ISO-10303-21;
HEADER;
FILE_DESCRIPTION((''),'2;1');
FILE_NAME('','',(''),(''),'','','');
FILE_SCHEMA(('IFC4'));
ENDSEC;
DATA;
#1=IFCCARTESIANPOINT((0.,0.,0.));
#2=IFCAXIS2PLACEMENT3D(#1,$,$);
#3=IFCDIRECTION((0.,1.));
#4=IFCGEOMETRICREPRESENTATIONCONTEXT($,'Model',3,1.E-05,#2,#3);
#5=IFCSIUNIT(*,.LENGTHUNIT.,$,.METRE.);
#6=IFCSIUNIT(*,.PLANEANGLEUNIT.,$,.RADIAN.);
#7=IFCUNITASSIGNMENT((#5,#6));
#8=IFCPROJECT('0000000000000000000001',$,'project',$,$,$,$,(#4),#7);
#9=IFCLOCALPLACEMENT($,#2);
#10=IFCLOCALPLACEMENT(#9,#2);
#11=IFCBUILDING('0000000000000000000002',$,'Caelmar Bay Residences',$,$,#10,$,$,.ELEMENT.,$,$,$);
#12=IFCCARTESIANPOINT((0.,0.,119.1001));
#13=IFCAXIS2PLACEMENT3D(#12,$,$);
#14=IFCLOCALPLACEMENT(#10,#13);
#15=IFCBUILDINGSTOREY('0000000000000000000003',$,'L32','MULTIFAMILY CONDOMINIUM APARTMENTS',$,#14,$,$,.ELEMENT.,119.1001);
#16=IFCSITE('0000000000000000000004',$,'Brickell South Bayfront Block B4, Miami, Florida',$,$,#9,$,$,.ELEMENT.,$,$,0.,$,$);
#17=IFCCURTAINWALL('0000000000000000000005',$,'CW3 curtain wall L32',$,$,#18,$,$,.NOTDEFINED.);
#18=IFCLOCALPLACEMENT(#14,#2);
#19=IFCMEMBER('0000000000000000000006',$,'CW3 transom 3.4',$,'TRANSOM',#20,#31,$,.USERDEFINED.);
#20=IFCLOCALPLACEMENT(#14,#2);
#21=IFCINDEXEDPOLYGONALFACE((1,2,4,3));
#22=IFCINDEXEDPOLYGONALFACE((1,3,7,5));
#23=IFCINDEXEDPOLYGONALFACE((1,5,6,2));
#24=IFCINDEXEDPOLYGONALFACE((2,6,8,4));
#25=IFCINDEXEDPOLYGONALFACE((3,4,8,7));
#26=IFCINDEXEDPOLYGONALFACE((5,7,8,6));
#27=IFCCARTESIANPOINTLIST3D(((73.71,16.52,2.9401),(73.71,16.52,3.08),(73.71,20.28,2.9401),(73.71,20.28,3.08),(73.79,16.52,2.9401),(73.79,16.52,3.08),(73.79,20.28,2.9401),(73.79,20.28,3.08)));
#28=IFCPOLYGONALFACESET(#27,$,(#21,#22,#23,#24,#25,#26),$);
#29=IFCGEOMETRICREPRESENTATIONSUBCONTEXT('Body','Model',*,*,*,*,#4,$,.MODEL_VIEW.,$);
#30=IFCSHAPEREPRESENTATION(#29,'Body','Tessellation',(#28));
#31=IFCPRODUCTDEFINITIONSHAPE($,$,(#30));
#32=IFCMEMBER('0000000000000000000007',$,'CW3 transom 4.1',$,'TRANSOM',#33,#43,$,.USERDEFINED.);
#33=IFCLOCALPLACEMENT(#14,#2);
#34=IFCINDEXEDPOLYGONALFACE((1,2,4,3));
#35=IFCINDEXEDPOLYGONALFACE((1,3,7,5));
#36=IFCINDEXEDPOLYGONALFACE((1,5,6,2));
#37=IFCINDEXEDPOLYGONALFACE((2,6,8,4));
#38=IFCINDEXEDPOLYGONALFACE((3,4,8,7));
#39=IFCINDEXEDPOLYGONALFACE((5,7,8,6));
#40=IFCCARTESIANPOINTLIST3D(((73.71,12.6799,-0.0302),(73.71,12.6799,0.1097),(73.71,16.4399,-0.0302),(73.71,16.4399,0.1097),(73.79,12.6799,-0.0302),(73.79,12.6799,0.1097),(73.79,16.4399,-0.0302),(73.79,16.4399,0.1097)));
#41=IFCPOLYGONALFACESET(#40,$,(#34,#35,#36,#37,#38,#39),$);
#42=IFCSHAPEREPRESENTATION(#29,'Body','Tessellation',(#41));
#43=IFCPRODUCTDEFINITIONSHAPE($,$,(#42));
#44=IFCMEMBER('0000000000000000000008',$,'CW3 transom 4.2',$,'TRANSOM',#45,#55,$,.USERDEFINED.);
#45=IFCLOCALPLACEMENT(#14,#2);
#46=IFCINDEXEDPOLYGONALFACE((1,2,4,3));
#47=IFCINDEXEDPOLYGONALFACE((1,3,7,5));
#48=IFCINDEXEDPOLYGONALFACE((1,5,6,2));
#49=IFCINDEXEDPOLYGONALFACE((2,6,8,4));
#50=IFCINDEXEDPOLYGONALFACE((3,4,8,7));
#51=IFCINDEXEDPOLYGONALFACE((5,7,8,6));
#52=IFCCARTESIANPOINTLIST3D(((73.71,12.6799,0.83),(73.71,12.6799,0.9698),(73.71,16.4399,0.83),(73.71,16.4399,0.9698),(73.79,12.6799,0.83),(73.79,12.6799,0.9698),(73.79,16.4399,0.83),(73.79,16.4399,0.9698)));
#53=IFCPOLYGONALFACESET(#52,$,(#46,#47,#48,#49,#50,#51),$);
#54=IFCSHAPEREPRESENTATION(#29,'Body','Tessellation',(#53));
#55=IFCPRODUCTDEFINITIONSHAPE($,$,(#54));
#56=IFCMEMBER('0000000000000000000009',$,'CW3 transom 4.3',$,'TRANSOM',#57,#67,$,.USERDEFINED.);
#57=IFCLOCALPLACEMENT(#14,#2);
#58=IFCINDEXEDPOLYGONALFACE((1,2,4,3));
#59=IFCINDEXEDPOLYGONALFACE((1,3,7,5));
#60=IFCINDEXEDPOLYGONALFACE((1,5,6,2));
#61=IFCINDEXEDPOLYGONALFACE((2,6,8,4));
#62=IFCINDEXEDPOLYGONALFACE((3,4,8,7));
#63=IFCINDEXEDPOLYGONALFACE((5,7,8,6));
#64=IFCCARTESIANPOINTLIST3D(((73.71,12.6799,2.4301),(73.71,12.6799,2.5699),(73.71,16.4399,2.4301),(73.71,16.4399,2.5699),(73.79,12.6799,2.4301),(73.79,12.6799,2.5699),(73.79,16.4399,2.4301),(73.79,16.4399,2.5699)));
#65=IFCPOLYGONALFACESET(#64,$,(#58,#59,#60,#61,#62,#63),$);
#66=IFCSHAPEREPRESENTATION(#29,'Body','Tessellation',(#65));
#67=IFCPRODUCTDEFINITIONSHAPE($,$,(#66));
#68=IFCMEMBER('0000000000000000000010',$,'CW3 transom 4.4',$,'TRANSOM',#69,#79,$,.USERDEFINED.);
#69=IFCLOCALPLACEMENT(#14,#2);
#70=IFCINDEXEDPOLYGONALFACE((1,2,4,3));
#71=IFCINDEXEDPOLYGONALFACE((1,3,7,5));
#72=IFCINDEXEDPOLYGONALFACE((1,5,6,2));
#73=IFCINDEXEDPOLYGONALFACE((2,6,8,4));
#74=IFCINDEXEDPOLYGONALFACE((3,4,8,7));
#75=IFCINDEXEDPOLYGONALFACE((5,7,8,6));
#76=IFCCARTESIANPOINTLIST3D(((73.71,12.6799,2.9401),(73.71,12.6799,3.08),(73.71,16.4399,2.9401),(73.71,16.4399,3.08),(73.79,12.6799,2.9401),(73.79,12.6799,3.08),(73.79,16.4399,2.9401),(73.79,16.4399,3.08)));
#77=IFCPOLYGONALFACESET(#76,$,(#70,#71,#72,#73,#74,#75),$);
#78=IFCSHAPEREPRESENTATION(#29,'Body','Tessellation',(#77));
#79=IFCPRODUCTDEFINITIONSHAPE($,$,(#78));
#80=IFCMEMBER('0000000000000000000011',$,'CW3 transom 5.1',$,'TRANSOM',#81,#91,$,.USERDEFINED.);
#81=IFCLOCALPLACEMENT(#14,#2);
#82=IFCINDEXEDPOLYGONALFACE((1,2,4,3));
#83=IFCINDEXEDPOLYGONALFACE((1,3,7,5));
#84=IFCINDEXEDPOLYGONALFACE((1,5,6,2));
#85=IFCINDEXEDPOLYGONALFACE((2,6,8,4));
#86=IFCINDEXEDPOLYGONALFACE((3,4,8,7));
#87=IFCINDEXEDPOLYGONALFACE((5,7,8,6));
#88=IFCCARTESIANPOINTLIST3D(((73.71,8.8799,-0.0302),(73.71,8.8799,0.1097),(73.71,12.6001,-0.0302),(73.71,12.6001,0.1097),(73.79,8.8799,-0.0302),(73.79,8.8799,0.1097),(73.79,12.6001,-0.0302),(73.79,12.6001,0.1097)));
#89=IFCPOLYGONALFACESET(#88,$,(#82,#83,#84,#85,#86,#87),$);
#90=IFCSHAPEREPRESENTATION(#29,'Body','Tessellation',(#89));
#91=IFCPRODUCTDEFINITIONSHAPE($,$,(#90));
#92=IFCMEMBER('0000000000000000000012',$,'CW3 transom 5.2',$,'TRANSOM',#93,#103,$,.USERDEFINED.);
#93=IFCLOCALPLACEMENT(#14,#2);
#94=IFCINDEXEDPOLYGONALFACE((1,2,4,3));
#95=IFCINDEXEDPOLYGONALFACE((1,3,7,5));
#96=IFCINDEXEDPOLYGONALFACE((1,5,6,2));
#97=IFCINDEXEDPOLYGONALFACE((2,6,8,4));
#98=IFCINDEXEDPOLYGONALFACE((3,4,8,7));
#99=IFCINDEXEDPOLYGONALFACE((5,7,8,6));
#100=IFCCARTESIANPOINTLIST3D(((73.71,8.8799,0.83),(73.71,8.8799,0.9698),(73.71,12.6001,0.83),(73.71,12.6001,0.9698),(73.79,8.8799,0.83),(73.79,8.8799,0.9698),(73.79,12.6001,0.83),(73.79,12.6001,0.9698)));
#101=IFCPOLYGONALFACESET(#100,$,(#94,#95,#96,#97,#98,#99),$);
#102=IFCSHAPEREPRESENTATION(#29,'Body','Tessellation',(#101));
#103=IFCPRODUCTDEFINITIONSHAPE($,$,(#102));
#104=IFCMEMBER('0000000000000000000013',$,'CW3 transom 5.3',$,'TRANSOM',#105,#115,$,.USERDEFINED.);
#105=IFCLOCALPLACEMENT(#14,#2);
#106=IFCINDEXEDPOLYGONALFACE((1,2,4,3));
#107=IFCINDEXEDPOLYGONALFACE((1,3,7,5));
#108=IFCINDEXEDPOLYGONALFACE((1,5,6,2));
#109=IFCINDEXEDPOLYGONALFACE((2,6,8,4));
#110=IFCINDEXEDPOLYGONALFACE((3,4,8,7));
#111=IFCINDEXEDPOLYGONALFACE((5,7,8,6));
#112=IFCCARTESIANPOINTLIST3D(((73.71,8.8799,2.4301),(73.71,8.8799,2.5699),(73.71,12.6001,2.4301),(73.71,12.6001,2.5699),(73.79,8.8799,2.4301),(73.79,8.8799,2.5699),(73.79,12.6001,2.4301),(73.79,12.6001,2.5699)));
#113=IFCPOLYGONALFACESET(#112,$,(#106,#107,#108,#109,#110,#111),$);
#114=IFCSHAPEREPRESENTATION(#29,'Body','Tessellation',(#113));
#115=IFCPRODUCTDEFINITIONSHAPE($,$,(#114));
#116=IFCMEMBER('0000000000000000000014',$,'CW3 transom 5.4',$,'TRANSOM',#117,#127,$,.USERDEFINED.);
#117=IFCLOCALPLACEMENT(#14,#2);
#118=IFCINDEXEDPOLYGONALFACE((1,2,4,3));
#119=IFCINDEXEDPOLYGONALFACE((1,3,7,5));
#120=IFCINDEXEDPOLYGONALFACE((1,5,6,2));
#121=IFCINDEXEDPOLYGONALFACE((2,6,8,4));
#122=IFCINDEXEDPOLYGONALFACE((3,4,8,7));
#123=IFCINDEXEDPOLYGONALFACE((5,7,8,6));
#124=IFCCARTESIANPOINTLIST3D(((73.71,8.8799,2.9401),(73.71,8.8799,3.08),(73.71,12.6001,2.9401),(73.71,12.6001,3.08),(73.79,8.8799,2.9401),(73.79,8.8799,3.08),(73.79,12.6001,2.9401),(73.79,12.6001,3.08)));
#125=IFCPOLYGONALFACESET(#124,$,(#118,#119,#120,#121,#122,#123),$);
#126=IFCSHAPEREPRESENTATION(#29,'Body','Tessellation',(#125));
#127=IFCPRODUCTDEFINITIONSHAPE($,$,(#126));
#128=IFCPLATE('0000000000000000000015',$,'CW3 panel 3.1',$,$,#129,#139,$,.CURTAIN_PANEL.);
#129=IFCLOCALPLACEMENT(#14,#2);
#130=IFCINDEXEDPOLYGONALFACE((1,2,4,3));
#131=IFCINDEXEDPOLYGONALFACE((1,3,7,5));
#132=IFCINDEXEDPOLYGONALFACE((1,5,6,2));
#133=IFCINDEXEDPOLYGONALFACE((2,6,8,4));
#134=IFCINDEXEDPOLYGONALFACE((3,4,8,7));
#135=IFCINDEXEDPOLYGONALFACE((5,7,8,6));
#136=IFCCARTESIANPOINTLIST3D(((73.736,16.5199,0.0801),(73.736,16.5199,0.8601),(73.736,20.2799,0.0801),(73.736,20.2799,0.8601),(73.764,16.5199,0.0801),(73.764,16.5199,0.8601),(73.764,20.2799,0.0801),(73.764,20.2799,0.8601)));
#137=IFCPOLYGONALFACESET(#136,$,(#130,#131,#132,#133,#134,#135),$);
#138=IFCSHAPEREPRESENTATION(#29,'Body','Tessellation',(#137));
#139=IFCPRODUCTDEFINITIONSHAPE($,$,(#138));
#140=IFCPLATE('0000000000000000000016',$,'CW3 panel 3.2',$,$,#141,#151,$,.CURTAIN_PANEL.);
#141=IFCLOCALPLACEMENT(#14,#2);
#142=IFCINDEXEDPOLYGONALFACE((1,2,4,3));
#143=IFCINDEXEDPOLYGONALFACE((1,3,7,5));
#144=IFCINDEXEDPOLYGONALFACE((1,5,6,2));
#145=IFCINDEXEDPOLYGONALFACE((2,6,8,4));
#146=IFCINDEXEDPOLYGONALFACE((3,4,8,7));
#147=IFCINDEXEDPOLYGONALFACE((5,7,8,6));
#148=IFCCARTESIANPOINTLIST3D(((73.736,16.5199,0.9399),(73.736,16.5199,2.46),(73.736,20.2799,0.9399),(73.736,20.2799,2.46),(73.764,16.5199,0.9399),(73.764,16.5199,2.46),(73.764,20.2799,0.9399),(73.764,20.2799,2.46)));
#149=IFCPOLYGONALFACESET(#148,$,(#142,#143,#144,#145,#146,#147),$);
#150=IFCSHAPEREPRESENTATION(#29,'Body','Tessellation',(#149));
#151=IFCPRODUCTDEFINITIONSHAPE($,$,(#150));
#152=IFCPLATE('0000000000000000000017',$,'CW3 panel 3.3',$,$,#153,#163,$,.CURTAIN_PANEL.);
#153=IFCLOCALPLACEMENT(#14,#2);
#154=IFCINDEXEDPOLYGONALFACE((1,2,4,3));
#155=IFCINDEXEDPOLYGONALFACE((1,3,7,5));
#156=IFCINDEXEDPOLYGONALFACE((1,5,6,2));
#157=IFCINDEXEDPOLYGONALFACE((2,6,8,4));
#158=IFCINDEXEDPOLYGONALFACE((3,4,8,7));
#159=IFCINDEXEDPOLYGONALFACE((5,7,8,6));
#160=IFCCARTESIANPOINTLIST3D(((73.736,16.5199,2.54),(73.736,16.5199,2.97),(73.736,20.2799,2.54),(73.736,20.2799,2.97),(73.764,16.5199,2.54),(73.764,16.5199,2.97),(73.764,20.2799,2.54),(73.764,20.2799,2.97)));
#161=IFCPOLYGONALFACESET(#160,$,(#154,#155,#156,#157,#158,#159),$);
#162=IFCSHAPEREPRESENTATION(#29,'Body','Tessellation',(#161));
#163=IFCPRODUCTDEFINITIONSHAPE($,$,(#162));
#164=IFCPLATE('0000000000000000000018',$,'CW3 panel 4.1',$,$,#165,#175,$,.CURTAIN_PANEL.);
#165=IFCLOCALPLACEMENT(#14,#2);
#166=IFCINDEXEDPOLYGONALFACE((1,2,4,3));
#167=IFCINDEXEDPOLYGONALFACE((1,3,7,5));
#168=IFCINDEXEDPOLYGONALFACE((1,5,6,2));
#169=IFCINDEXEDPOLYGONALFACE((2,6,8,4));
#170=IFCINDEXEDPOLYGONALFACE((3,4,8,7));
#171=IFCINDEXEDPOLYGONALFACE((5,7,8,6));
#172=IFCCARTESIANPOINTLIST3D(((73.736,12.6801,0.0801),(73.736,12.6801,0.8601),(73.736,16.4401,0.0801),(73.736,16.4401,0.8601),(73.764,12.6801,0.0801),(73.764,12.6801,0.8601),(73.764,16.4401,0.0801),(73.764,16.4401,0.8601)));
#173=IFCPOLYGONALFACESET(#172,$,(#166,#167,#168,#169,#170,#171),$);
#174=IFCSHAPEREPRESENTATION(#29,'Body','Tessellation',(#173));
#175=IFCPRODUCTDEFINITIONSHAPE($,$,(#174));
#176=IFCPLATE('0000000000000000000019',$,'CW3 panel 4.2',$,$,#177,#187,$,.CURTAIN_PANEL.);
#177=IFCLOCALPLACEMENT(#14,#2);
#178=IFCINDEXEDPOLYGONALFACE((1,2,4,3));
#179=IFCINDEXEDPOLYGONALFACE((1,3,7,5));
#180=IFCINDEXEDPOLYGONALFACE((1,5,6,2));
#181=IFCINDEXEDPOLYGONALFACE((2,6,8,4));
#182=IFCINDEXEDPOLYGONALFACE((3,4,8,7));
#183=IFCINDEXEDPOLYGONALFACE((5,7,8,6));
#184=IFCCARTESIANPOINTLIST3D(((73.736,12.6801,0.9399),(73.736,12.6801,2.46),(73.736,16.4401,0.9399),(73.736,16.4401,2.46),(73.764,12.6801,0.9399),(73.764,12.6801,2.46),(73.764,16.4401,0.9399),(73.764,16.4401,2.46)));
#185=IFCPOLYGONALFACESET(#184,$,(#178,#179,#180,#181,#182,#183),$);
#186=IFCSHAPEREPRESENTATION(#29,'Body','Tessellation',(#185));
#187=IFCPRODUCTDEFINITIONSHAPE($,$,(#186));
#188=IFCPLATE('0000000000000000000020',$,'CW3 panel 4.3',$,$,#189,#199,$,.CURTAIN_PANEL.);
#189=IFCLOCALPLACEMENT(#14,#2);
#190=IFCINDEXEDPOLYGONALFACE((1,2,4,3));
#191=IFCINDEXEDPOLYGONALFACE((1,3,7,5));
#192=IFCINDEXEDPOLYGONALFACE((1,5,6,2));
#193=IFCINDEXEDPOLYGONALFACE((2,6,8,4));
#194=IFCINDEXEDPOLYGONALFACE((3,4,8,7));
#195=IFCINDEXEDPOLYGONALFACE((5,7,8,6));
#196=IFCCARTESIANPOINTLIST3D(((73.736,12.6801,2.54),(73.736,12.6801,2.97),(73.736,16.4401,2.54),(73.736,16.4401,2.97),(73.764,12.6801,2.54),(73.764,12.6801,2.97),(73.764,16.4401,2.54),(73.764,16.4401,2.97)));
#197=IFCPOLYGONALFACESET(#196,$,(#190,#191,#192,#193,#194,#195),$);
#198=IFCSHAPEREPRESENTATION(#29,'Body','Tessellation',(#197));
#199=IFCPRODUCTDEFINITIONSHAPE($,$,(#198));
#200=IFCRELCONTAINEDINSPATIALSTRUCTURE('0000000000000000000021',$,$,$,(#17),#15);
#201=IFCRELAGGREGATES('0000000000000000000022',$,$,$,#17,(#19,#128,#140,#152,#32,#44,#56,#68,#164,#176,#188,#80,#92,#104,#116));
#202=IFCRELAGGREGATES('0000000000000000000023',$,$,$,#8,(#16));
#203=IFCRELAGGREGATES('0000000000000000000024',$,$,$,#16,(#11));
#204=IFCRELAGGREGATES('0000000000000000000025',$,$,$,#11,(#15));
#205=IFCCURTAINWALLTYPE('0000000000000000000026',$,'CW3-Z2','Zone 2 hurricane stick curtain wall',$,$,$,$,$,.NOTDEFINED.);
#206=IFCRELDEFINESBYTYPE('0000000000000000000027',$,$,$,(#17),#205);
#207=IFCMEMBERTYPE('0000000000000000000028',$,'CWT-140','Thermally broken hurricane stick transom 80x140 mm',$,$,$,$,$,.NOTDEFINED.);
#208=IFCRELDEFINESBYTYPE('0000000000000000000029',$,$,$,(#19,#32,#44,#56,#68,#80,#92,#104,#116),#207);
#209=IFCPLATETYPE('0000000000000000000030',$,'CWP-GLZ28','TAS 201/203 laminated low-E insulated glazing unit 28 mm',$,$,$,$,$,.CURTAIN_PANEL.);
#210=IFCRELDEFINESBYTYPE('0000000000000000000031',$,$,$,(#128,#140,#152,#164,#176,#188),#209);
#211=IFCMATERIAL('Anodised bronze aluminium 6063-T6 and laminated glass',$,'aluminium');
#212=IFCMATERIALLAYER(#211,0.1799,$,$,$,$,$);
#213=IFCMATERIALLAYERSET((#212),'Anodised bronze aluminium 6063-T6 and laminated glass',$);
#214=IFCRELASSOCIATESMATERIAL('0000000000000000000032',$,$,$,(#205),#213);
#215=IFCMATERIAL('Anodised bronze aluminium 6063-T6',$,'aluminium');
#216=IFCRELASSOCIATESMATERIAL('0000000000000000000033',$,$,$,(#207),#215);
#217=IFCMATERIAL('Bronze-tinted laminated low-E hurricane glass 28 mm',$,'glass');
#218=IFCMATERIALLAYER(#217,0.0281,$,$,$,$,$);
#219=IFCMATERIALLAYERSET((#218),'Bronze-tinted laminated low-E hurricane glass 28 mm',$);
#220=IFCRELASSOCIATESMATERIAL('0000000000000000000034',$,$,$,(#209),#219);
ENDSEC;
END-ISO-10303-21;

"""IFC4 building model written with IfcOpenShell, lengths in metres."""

from ifc_helpers import new_model, si_unit, direction, frame, origin, origin_2d, place, context, subcontext, project, spatial, rectangle, extrude, material, layer, layer_set, material_profile, profile_set, type_object, element, aggregate, save


model = new_model("IFC4")

# Units and contexts
model_context = context("Model", 3, precision=1e-05, world=origin(), true_north=direction((0.0, 1.0)))
body_context = subcontext(model_context, "Body", "Model", "MODEL_VIEW")
ifc_project = project(units=[si_unit("LENGTHUNIT", "METRE"), si_unit("PLANEANGLEUNIT", "RADIAN")], contexts=[model_context])

# Site, building, storey
site_placement = place(None, origin())
site = spatial("IfcSite", under=ifc_project, at=site_placement, Name="Brickell South Bayfront Block B4, Miami, Florida", CompositionType="ELEMENT", RefElevation=0.0)
building_placement = place(site_placement, origin())
building = spatial("IfcBuilding", under=site, at=building_placement, Name="Caelmar Bay Residences", CompositionType="ELEMENT")
storey_placement = place(building_placement, frame((0.0, 0.0, 119.1001)))
storey = spatial("IfcBuildingStorey", under=building, at=storey_placement, Name="L32", Description="MULTIFAMILY CONDOMINIUM APARTMENTS", CompositionType="ELEMENT", Elevation=119.1001)

# Curtain wall, members, plates
ifc_material_1 = material(Name="Anodised bronze aluminium 6063-T6 and laminated glass", Category="aluminium")
ifc_layer_1 = layer(ifc_material_1, 0.1799)
ifc_layer_set_1 = layer_set([ifc_layer_1], Name="Anodised bronze aluminium 6063-T6 and laminated glass")
curtain_wall_type = type_object("IfcCurtainWallType", Name="CW3-Z2", Description="Zone 2 hurricane stick curtain wall", PredefinedType="NOTDEFINED", material=ifc_layer_set_1)
curtain_wall_placement = place(storey_placement, origin())
curtain_wall = element("IfcCurtainWall", 1, at=curtain_wall_placement, inside=storey, type_object=curtain_wall_type, Name="CW3 curtain wall L32", PredefinedType="NOTDEFINED")
ifc_material_2 = material(Name="Anodised bronze aluminium 6063-T6", Category="aluminium")
ifc_material_profile_1 = material_profile(ifc_material_2, rectangle(XDim=0.0801, YDim=0.1399, at=origin_2d()), Name="CWT-80X140")
ifc_profile_set_1 = profile_set([ifc_material_profile_1], Name="Anodised bronze aluminium 6063-T6")
member_type_1 = type_object("IfcMemberType", Name="CWT-140", Description="Thermally broken hurricane stick transom 80x140 mm", PredefinedType="NOTDEFINED", material=ifc_profile_set_1)
member_1_placement = place(storey_placement, frame((73.75, 20.28, 3.01), z_axis=(0.0, -1.0, 0.0), x_axis=(1.0, 0.0, 0.0)))
member_1 = element("IfcMember", 2, at=member_1_placement, type_object=member_type_1, Name="CW3 transom 3.4", ObjectType="TRANSOM", PredefinedType="USERDEFINED", context=body_context, shape_type="SweptSolid", body=[
    extrude(rectangle(XDim=0.0801, YDim=0.1399, at=origin_2d()), origin(), (0.0, 0.0, 1.0), 3.76),
])
member_2_placement = place(storey_placement, frame((73.75, 16.4399, 0.0398), z_axis=(0.0, -1.0, 0.0), x_axis=(1.0, 0.0, 0.0)))
member_2 = element("IfcMember", 3, at=member_2_placement, type_object=member_type_1, Name="CW3 transom 4.1", ObjectType="TRANSOM", PredefinedType="USERDEFINED", context=body_context, shape_type="SweptSolid", body=[
    extrude(rectangle(XDim=0.0801, YDim=0.1399, at=origin_2d()), origin(), (0.0, 0.0, 1.0), 3.76),
])
member_3_placement = place(storey_placement, frame((73.75, 16.4399, 0.8999), z_axis=(0.0, -1.0, 0.0), x_axis=(1.0, 0.0, 0.0)))
member_3 = element("IfcMember", 4, at=member_3_placement, type_object=member_type_1, Name="CW3 transom 4.2", ObjectType="TRANSOM", PredefinedType="USERDEFINED", context=body_context, shape_type="SweptSolid", body=[
    extrude(rectangle(XDim=0.0801, YDim=0.1399, at=origin_2d()), origin(), (0.0, 0.0, 1.0), 3.76),
])
member_4_placement = place(storey_placement, frame((73.75, 16.4399, 2.5), z_axis=(0.0, -1.0, 0.0), x_axis=(1.0, 0.0, 0.0)))
member_4 = element("IfcMember", 5, at=member_4_placement, type_object=member_type_1, Name="CW3 transom 4.3", ObjectType="TRANSOM", PredefinedType="USERDEFINED", context=body_context, shape_type="SweptSolid", body=[
    extrude(rectangle(XDim=0.0801, YDim=0.1399, at=origin_2d()), origin(), (0.0, 0.0, 1.0), 3.76),
])
member_5_placement = place(storey_placement, frame((73.75, 16.4399, 3.01), z_axis=(0.0, -1.0, 0.0), x_axis=(1.0, 0.0, 0.0)))
member_5 = element("IfcMember", 6, at=member_5_placement, type_object=member_type_1, Name="CW3 transom 4.4", ObjectType="TRANSOM", PredefinedType="USERDEFINED", context=body_context, shape_type="SweptSolid", body=[
    extrude(rectangle(XDim=0.0801, YDim=0.1399, at=origin_2d()), origin(), (0.0, 0.0, 1.0), 3.76),
])
member_6_placement = place(storey_placement, frame((73.75, 12.6001, 0.0398), z_axis=(0.0, -1.0, 0.0), x_axis=(1.0, 0.0, 0.0)))
member_6 = element("IfcMember", 7, at=member_6_placement, type_object=member_type_1, Name="CW3 transom 5.1", ObjectType="TRANSOM", PredefinedType="USERDEFINED", context=body_context, shape_type="SweptSolid", body=[
    extrude(rectangle(XDim=0.0801, YDim=0.1399, at=origin_2d()), origin(), (0.0, 0.0, 1.0), 3.7202),
])
member_7_placement = place(storey_placement, frame((73.75, 12.6001, 0.8999), z_axis=(0.0, -1.0, 0.0), x_axis=(1.0, 0.0, 0.0)))
member_7 = element("IfcMember", 8, at=member_7_placement, type_object=member_type_1, Name="CW3 transom 5.2", ObjectType="TRANSOM", PredefinedType="USERDEFINED", context=body_context, shape_type="SweptSolid", body=[
    extrude(rectangle(XDim=0.0801, YDim=0.1399, at=origin_2d()), origin(), (0.0, 0.0, 1.0), 3.7202),
])
member_8_placement = place(storey_placement, frame((73.75, 12.6001, 2.5), z_axis=(0.0, -1.0, 0.0), x_axis=(1.0, 0.0, 0.0)))
member_8 = element("IfcMember", 9, at=member_8_placement, type_object=member_type_1, Name="CW3 transom 5.3", ObjectType="TRANSOM", PredefinedType="USERDEFINED", context=body_context, shape_type="SweptSolid", body=[
    extrude(rectangle(XDim=0.0801, YDim=0.1399, at=origin_2d()), origin(), (0.0, 0.0, 1.0), 3.7202),
])
member_9_placement = place(storey_placement, frame((73.75, 12.6001, 3.01), z_axis=(0.0, -1.0, 0.0), x_axis=(1.0, 0.0, 0.0)))
member_9 = element("IfcMember", 10, at=member_9_placement, type_object=member_type_1, Name="CW3 transom 5.4", ObjectType="TRANSOM", PredefinedType="USERDEFINED", context=body_context, shape_type="SweptSolid", body=[
    extrude(rectangle(XDim=0.0801, YDim=0.1399, at=origin_2d()), origin(), (0.0, 0.0, 1.0), 3.7202),
])
ifc_material_3 = material(Name="Bronze-tinted laminated low-E hurricane glass 28 mm", Category="glass")
ifc_layer_2 = layer(ifc_material_3, 0.0281)
ifc_layer_set_2 = layer_set([ifc_layer_2], Name="Bronze-tinted laminated low-E hurricane glass 28 mm")
plate_type = type_object("IfcPlateType", Name="CWP-GLZ28", Description="TAS 201/203 laminated low-E insulated glazing unit 28 mm", PredefinedType="CURTAIN_PANEL", material=ifc_layer_set_2)
plate_1_placement = place(storey_placement, frame((73.75, 18.3999, 0.0801), z_axis=(0.0, 0.0, 1.0), x_axis=(0.0, -1.0, 0.0)))
plate_1 = element("IfcPlate", 11, at=plate_1_placement, type_object=plate_type, Name="CW3 panel 3.1", PredefinedType="CURTAIN_PANEL", context=body_context, shape_type="SweptSolid", body=[
    extrude(rectangle(XDim=3.76, YDim=0.0281, at=origin_2d()), origin(), (0.0, 0.0, 1.0), 0.78),
])
plate_2_placement = place(storey_placement, frame((73.75, 18.3999, 0.9399), z_axis=(0.0, 0.0, 1.0), x_axis=(0.0, -1.0, 0.0)))
plate_2 = element("IfcPlate", 12, at=plate_2_placement, type_object=plate_type, Name="CW3 panel 3.2", PredefinedType="CURTAIN_PANEL", context=body_context, shape_type="SweptSolid", body=[
    extrude(rectangle(XDim=3.76, YDim=0.0281, at=origin_2d()), origin(), (0.0, 0.0, 1.0), 1.52),
])
plate_3_placement = place(storey_placement, frame((73.75, 18.3999, 2.54), z_axis=(0.0, 0.0, 1.0), x_axis=(0.0, -1.0, 0.0)))
plate_3 = element("IfcPlate", 13, at=plate_3_placement, type_object=plate_type, Name="CW3 panel 3.3", PredefinedType="CURTAIN_PANEL", context=body_context, shape_type="SweptSolid", body=[
    extrude(rectangle(XDim=3.76, YDim=0.0281, at=origin_2d()), origin(), (0.0, 0.0, 1.0), 0.4299),
])
plate_4_placement = place(storey_placement, frame((73.75, 14.5601, 0.0801), z_axis=(0.0, 0.0, 1.0), x_axis=(0.0, -1.0, 0.0)))
plate_4 = element("IfcPlate", 14, at=plate_4_placement, type_object=plate_type, Name="CW3 panel 4.1", PredefinedType="CURTAIN_PANEL", context=body_context, shape_type="SweptSolid", body=[
    extrude(rectangle(XDim=3.76, YDim=0.0281, at=origin_2d()), origin(), (0.0, 0.0, 1.0), 0.78),
])
plate_5_placement = place(storey_placement, frame((73.75, 14.5601, 0.9399), z_axis=(0.0, 0.0, 1.0), x_axis=(0.0, -1.0, 0.0)))
plate_5 = element("IfcPlate", 15, at=plate_5_placement, type_object=plate_type, Name="CW3 panel 4.2", PredefinedType="CURTAIN_PANEL", context=body_context, shape_type="SweptSolid", body=[
    extrude(rectangle(XDim=3.76, YDim=0.0281, at=origin_2d()), origin(), (0.0, 0.0, 1.0), 1.52),
])
plate_6_placement = place(storey_placement, frame((73.75, 14.5601, 2.54), z_axis=(0.0, 0.0, 1.0), x_axis=(0.0, -1.0, 0.0)))
plate_6 = element("IfcPlate", 16, at=plate_6_placement, type_object=plate_type, Name="CW3 panel 4.3", PredefinedType="CURTAIN_PANEL", context=body_context, shape_type="SweptSolid", body=[
    extrude(rectangle(XDim=3.76, YDim=0.0281, at=origin_2d()), origin(), (0.0, 0.0, 1.0), 0.4299),
])
aggregate(curtain_wall, [member_1, plate_1, plate_2, plate_3, member_2, member_3, member_4, member_5, plate_4, plate_5, plate_6, member_6, member_7, member_8, member_9])

save(model, "model.ifc")
